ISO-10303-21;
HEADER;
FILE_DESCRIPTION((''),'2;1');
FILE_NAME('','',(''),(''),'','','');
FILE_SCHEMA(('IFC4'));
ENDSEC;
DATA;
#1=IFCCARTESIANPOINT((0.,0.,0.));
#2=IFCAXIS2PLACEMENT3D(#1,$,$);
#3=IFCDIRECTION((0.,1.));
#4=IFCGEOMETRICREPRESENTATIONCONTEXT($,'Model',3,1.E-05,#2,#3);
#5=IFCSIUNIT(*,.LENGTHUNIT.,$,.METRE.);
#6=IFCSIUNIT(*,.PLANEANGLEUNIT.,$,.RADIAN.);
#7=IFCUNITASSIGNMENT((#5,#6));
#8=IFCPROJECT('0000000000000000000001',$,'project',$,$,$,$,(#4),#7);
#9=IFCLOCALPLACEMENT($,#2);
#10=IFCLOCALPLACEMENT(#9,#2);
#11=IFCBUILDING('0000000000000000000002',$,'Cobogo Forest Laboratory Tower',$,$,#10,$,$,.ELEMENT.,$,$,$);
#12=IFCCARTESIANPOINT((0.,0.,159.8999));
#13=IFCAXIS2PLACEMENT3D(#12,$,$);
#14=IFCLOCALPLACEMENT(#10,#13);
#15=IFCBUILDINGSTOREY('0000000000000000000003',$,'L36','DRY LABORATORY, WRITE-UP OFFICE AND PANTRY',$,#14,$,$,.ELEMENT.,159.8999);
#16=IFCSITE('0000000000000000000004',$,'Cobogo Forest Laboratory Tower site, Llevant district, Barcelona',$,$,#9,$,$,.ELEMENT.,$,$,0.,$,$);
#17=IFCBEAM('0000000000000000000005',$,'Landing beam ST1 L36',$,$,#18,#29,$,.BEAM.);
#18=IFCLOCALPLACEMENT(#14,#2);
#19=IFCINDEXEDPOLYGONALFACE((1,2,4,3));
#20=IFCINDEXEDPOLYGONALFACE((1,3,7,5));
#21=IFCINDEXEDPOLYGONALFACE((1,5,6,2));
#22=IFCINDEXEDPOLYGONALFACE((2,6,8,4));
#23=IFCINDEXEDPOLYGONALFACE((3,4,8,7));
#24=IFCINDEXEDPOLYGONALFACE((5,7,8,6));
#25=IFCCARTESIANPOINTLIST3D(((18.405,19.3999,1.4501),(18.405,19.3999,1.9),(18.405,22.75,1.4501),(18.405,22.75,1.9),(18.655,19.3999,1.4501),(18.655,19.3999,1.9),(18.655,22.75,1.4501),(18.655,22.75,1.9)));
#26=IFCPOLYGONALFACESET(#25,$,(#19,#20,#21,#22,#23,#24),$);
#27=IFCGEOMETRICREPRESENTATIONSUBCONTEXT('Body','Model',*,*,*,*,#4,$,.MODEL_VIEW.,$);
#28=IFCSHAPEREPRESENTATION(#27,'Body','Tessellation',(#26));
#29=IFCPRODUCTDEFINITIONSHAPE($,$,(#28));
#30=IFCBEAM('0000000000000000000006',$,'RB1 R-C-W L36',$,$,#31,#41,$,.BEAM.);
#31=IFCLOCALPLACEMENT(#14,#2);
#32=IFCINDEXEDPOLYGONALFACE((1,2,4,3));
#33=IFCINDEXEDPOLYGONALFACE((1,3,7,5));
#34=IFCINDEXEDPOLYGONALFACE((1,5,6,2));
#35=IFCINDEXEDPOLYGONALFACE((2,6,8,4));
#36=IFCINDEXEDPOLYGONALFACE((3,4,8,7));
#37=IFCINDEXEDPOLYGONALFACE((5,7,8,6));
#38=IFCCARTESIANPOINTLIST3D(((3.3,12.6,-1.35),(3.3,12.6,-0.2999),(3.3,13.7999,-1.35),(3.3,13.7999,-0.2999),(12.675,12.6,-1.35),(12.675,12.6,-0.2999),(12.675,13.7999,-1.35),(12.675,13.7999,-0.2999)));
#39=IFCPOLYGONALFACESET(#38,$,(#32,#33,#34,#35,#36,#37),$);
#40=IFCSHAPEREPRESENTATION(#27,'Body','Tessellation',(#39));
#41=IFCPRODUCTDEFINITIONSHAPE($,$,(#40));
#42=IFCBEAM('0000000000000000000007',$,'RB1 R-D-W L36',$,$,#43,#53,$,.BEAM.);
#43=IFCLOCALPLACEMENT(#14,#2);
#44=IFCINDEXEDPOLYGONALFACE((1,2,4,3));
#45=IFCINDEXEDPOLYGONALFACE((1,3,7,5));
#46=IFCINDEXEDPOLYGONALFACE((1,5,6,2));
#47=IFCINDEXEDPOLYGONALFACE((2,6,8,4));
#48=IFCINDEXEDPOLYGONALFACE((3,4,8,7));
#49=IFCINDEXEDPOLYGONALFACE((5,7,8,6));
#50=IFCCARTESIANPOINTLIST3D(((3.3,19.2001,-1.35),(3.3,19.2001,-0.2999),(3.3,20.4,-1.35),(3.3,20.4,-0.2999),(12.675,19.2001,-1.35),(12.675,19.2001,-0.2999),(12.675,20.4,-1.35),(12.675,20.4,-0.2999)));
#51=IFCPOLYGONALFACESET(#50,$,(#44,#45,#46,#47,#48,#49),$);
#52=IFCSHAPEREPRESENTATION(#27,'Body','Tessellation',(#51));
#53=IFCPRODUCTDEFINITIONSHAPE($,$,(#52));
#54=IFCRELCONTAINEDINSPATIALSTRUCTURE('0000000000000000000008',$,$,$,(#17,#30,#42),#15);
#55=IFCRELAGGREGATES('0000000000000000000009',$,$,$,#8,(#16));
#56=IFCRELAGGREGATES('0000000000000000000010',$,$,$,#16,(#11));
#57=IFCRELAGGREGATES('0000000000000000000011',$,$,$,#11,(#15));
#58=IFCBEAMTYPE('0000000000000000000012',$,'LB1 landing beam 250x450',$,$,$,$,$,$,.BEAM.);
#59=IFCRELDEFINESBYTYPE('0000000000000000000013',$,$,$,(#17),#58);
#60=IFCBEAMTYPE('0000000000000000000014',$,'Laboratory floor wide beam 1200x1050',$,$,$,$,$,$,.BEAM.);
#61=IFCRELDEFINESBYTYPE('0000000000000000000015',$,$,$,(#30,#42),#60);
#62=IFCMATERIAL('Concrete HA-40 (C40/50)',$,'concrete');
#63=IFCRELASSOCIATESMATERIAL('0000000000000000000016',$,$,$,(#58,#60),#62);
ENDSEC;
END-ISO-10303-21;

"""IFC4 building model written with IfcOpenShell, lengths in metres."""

from ifc_helpers import new_model, si_unit, direction, frame, origin, origin_2d, place, context, subcontext, project, spatial, rectangle, extrude, material, material_profile, profile_set, type_object, element, save


model = new_model("IFC4")

# Units and contexts
model_context = context("Model", 3, precision=1e-05, world=origin(), true_north=direction((0.0, 1.0)))
body_context = subcontext(model_context, "Body", "Model", "MODEL_VIEW")
ifc_project = project(units=[si_unit("LENGTHUNIT", "METRE"), si_unit("PLANEANGLEUNIT", "RADIAN")], contexts=[model_context])

# Site, building, storey
site_placement = place(None, origin())
site = spatial("IfcSite", under=ifc_project, at=site_placement, Name="Cobogo Forest Laboratory Tower site, Llevant district, Barcelona", CompositionType="ELEMENT", RefElevation=0.0)
building_placement = place(site_placement, origin())
building = spatial("IfcBuilding", under=site, at=building_placement, Name="Cobogo Forest Laboratory Tower", CompositionType="ELEMENT")
storey_placement = place(building_placement, frame((0.0, 0.0, 159.8999)))
storey = spatial("IfcBuildingStorey", under=building, at=storey_placement, Name="L36", Description="DRY LABORATORY, WRITE-UP OFFICE AND PANTRY", CompositionType="ELEMENT", Elevation=159.8999)

# Beams
ifc_material_1 = material(Name="Concrete HA-40 (C40/50)", Category="concrete")
ifc_material_profile_1 = material_profile(ifc_material_1, rectangle(XDim=0.25, YDim=0.45, at=origin_2d()), Name="RC 250x450")
ifc_profile_set_1 = profile_set([ifc_material_profile_1], Name="Concrete HA-40 (C40/50)")
beam_type_1 = type_object("IfcBeamType", Name="LB1 landing beam 250x450", PredefinedType="BEAM", material=ifc_profile_set_1)
beam_placement = place(storey_placement, frame((18.53, 19.3999, 1.675), z_axis=(0.0, 1.0, 0.0), x_axis=(-1.0, 0.0, 0.0)))
element("IfcBeam", 1, at=beam_placement, inside=storey, type_object=beam_type_1, Name="Landing beam ST1 L36", PredefinedType="BEAM", context=body_context, shape_type="SweptSolid", body=[
    extrude(rectangle(XDim=0.25, YDim=0.45, at=origin_2d()), origin(), (0.0, 0.0, 1.0), 3.3501),
])
ifc_material_profile_2 = material_profile(ifc_material_1, rectangle(XDim=1.2, YDim=1.05, at=origin_2d()), Name="RC 1200x1050")
ifc_profile_set_2 = profile_set([ifc_material_profile_2], Name="Concrete HA-40 (C40/50)")
beam_type_2 = type_object("IfcBeamType", Name="Laboratory floor wide beam 1200x1050", PredefinedType="BEAM", material=ifc_profile_set_2)
for number, where, z_axis, x_axis, name in (
    (2, (12.675, 13.2, -0.825), (-1.0, 0.0, 0.0), (0.0, -1.0, 0.0), "RB1 R-C-W L36"),
    (3, (12.675, 19.8, -0.825), (-1.0, 0.0, 0.0), (0.0, -1.0, 0.0), "RB1 R-D-W L36"),
):
    element("IfcBeam", number, at=place(storey_placement, frame(where, z_axis=z_axis, x_axis=x_axis)), inside=storey, type_object=beam_type_2, Name=name, PredefinedType="BEAM", context=body_context, shape_type="SweptSolid", body=[
        extrude(rectangle(XDim=1.2, YDim=1.05, at=origin_2d()), origin(), (0.0, 0.0, 1.0), 9.375),
    ])

save(model, "model.ifc")
